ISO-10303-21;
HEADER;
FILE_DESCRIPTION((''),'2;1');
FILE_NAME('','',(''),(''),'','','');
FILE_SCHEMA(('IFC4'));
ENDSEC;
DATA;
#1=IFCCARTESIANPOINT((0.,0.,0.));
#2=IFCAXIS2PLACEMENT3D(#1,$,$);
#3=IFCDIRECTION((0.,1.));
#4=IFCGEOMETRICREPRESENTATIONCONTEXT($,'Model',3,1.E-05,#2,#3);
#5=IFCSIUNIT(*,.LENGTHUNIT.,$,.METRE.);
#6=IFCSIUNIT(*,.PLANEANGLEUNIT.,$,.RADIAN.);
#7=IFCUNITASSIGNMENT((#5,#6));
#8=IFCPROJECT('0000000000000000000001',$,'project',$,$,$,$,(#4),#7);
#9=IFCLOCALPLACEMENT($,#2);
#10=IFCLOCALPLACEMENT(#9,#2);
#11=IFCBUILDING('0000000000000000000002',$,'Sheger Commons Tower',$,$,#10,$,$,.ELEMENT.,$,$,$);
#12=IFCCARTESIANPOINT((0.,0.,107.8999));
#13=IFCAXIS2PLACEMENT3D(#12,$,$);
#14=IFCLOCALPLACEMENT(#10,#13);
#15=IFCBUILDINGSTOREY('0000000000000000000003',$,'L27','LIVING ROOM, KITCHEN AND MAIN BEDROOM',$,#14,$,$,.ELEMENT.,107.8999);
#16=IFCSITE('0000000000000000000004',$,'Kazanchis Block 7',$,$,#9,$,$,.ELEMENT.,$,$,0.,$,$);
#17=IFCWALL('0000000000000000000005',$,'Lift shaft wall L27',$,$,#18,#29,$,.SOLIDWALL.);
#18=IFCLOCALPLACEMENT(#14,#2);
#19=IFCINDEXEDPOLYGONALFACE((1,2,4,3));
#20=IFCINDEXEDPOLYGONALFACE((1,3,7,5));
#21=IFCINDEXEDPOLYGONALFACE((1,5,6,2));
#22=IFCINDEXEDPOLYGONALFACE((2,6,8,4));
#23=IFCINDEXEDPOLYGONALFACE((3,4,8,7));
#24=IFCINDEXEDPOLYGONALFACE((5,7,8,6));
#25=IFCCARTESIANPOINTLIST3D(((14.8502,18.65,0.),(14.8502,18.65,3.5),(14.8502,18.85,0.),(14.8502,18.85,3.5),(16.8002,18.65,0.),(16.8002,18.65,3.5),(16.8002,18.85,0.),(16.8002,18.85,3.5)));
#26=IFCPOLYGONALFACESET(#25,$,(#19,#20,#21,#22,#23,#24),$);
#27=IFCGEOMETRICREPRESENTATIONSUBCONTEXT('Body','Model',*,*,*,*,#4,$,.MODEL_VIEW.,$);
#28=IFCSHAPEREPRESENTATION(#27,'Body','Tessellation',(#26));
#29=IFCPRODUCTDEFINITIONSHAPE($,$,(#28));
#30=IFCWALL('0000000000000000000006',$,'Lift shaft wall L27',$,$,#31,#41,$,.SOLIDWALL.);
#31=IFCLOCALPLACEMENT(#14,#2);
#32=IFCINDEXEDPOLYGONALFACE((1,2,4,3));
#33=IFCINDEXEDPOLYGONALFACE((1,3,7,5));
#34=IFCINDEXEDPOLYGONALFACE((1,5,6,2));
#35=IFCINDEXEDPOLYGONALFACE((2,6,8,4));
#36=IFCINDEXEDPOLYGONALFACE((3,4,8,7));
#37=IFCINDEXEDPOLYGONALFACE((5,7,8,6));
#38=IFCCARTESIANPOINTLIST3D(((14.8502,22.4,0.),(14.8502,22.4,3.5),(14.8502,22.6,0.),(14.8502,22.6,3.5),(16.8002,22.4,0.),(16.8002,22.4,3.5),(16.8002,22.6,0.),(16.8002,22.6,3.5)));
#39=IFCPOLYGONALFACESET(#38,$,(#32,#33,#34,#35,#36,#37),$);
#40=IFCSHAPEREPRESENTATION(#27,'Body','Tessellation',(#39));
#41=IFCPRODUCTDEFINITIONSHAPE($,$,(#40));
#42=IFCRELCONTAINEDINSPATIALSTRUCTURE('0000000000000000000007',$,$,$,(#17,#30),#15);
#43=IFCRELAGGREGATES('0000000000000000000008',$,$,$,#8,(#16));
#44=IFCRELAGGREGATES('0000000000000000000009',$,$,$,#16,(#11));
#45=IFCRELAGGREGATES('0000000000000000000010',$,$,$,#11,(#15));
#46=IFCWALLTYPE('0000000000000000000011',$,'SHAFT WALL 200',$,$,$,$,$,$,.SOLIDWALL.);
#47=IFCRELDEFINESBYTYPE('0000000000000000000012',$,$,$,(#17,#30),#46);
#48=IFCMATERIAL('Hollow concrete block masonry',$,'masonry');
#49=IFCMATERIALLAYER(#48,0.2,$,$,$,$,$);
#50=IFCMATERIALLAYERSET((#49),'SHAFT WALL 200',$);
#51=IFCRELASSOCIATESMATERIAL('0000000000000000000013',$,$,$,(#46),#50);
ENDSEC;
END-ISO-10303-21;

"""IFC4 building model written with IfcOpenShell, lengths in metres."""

from ifc_helpers import new_model, si_unit, direction, frame, frame_2d, origin, place, context, subcontext, project, spatial, rectangle, extrude, material, layer, layer_set, type_object, element, save


model = new_model("IFC4")

# Units and contexts
model_context = context("Model", 3, precision=1e-05, world=origin(), true_north=direction((0.0, 1.0)))
body_context = subcontext(model_context, "Body", "Model", "MODEL_VIEW")
ifc_project = project(units=[si_unit("LENGTHUNIT", "METRE"), si_unit("PLANEANGLEUNIT", "RADIAN")], contexts=[model_context])

# Site, building, storey
site_placement = place(None, origin())
site = spatial("IfcSite", under=ifc_project, at=site_placement, Name="Kazanchis Block 7", CompositionType="ELEMENT", RefElevation=0.0)
building_placement = place(site_placement, origin())
building = spatial("IfcBuilding", under=site, at=building_placement, Name="Sheger Commons Tower", CompositionType="ELEMENT")
storey_placement = place(building_placement, frame((0.0, 0.0, 107.8999)))
storey = spatial("IfcBuildingStorey", under=building, at=storey_placement, Name="L27", Description="LIVING ROOM, KITCHEN AND MAIN BEDROOM", CompositionType="ELEMENT", Elevation=107.8999)

# Walls
ifc_material_1 = material(Name="Hollow concrete block masonry", Category="masonry")
ifc_layer_1 = layer(ifc_material_1, 0.2)
ifc_layer_set_1 = layer_set([ifc_layer_1], Name="SHAFT WALL 200")
wall_type_1 = type_object("IfcWallType", Name="SHAFT WALL 200", PredefinedType="SOLIDWALL", material=ifc_layer_set_1)
for number, where, z_axis, x_axis, name in (
    (1, (14.8501, 18.75, 0.0), (0.0, 0.0, 1.0), (1.0, 0.0, 0.0), "Lift shaft wall L27"),
    (2, (14.8501, 22.5, 0.0), (0.0, 0.0, 1.0), (1.0, 0.0, 0.0), "Lift shaft wall L27"),
):
    element("IfcWall", number, at=place(storey_placement, frame(where, z_axis=z_axis, x_axis=x_axis)), inside=storey, type_object=wall_type_1, Name=name, PredefinedType="SOLIDWALL", context=body_context, shape_type="SweptSolid", body=[
        extrude(rectangle(XDim=1.95, YDim=0.2, at=frame_2d((0.9751, 0.0))), origin(), (0.0, 0.0, 1.0), 3.5),
    ])

save(model, "model.ifc")
